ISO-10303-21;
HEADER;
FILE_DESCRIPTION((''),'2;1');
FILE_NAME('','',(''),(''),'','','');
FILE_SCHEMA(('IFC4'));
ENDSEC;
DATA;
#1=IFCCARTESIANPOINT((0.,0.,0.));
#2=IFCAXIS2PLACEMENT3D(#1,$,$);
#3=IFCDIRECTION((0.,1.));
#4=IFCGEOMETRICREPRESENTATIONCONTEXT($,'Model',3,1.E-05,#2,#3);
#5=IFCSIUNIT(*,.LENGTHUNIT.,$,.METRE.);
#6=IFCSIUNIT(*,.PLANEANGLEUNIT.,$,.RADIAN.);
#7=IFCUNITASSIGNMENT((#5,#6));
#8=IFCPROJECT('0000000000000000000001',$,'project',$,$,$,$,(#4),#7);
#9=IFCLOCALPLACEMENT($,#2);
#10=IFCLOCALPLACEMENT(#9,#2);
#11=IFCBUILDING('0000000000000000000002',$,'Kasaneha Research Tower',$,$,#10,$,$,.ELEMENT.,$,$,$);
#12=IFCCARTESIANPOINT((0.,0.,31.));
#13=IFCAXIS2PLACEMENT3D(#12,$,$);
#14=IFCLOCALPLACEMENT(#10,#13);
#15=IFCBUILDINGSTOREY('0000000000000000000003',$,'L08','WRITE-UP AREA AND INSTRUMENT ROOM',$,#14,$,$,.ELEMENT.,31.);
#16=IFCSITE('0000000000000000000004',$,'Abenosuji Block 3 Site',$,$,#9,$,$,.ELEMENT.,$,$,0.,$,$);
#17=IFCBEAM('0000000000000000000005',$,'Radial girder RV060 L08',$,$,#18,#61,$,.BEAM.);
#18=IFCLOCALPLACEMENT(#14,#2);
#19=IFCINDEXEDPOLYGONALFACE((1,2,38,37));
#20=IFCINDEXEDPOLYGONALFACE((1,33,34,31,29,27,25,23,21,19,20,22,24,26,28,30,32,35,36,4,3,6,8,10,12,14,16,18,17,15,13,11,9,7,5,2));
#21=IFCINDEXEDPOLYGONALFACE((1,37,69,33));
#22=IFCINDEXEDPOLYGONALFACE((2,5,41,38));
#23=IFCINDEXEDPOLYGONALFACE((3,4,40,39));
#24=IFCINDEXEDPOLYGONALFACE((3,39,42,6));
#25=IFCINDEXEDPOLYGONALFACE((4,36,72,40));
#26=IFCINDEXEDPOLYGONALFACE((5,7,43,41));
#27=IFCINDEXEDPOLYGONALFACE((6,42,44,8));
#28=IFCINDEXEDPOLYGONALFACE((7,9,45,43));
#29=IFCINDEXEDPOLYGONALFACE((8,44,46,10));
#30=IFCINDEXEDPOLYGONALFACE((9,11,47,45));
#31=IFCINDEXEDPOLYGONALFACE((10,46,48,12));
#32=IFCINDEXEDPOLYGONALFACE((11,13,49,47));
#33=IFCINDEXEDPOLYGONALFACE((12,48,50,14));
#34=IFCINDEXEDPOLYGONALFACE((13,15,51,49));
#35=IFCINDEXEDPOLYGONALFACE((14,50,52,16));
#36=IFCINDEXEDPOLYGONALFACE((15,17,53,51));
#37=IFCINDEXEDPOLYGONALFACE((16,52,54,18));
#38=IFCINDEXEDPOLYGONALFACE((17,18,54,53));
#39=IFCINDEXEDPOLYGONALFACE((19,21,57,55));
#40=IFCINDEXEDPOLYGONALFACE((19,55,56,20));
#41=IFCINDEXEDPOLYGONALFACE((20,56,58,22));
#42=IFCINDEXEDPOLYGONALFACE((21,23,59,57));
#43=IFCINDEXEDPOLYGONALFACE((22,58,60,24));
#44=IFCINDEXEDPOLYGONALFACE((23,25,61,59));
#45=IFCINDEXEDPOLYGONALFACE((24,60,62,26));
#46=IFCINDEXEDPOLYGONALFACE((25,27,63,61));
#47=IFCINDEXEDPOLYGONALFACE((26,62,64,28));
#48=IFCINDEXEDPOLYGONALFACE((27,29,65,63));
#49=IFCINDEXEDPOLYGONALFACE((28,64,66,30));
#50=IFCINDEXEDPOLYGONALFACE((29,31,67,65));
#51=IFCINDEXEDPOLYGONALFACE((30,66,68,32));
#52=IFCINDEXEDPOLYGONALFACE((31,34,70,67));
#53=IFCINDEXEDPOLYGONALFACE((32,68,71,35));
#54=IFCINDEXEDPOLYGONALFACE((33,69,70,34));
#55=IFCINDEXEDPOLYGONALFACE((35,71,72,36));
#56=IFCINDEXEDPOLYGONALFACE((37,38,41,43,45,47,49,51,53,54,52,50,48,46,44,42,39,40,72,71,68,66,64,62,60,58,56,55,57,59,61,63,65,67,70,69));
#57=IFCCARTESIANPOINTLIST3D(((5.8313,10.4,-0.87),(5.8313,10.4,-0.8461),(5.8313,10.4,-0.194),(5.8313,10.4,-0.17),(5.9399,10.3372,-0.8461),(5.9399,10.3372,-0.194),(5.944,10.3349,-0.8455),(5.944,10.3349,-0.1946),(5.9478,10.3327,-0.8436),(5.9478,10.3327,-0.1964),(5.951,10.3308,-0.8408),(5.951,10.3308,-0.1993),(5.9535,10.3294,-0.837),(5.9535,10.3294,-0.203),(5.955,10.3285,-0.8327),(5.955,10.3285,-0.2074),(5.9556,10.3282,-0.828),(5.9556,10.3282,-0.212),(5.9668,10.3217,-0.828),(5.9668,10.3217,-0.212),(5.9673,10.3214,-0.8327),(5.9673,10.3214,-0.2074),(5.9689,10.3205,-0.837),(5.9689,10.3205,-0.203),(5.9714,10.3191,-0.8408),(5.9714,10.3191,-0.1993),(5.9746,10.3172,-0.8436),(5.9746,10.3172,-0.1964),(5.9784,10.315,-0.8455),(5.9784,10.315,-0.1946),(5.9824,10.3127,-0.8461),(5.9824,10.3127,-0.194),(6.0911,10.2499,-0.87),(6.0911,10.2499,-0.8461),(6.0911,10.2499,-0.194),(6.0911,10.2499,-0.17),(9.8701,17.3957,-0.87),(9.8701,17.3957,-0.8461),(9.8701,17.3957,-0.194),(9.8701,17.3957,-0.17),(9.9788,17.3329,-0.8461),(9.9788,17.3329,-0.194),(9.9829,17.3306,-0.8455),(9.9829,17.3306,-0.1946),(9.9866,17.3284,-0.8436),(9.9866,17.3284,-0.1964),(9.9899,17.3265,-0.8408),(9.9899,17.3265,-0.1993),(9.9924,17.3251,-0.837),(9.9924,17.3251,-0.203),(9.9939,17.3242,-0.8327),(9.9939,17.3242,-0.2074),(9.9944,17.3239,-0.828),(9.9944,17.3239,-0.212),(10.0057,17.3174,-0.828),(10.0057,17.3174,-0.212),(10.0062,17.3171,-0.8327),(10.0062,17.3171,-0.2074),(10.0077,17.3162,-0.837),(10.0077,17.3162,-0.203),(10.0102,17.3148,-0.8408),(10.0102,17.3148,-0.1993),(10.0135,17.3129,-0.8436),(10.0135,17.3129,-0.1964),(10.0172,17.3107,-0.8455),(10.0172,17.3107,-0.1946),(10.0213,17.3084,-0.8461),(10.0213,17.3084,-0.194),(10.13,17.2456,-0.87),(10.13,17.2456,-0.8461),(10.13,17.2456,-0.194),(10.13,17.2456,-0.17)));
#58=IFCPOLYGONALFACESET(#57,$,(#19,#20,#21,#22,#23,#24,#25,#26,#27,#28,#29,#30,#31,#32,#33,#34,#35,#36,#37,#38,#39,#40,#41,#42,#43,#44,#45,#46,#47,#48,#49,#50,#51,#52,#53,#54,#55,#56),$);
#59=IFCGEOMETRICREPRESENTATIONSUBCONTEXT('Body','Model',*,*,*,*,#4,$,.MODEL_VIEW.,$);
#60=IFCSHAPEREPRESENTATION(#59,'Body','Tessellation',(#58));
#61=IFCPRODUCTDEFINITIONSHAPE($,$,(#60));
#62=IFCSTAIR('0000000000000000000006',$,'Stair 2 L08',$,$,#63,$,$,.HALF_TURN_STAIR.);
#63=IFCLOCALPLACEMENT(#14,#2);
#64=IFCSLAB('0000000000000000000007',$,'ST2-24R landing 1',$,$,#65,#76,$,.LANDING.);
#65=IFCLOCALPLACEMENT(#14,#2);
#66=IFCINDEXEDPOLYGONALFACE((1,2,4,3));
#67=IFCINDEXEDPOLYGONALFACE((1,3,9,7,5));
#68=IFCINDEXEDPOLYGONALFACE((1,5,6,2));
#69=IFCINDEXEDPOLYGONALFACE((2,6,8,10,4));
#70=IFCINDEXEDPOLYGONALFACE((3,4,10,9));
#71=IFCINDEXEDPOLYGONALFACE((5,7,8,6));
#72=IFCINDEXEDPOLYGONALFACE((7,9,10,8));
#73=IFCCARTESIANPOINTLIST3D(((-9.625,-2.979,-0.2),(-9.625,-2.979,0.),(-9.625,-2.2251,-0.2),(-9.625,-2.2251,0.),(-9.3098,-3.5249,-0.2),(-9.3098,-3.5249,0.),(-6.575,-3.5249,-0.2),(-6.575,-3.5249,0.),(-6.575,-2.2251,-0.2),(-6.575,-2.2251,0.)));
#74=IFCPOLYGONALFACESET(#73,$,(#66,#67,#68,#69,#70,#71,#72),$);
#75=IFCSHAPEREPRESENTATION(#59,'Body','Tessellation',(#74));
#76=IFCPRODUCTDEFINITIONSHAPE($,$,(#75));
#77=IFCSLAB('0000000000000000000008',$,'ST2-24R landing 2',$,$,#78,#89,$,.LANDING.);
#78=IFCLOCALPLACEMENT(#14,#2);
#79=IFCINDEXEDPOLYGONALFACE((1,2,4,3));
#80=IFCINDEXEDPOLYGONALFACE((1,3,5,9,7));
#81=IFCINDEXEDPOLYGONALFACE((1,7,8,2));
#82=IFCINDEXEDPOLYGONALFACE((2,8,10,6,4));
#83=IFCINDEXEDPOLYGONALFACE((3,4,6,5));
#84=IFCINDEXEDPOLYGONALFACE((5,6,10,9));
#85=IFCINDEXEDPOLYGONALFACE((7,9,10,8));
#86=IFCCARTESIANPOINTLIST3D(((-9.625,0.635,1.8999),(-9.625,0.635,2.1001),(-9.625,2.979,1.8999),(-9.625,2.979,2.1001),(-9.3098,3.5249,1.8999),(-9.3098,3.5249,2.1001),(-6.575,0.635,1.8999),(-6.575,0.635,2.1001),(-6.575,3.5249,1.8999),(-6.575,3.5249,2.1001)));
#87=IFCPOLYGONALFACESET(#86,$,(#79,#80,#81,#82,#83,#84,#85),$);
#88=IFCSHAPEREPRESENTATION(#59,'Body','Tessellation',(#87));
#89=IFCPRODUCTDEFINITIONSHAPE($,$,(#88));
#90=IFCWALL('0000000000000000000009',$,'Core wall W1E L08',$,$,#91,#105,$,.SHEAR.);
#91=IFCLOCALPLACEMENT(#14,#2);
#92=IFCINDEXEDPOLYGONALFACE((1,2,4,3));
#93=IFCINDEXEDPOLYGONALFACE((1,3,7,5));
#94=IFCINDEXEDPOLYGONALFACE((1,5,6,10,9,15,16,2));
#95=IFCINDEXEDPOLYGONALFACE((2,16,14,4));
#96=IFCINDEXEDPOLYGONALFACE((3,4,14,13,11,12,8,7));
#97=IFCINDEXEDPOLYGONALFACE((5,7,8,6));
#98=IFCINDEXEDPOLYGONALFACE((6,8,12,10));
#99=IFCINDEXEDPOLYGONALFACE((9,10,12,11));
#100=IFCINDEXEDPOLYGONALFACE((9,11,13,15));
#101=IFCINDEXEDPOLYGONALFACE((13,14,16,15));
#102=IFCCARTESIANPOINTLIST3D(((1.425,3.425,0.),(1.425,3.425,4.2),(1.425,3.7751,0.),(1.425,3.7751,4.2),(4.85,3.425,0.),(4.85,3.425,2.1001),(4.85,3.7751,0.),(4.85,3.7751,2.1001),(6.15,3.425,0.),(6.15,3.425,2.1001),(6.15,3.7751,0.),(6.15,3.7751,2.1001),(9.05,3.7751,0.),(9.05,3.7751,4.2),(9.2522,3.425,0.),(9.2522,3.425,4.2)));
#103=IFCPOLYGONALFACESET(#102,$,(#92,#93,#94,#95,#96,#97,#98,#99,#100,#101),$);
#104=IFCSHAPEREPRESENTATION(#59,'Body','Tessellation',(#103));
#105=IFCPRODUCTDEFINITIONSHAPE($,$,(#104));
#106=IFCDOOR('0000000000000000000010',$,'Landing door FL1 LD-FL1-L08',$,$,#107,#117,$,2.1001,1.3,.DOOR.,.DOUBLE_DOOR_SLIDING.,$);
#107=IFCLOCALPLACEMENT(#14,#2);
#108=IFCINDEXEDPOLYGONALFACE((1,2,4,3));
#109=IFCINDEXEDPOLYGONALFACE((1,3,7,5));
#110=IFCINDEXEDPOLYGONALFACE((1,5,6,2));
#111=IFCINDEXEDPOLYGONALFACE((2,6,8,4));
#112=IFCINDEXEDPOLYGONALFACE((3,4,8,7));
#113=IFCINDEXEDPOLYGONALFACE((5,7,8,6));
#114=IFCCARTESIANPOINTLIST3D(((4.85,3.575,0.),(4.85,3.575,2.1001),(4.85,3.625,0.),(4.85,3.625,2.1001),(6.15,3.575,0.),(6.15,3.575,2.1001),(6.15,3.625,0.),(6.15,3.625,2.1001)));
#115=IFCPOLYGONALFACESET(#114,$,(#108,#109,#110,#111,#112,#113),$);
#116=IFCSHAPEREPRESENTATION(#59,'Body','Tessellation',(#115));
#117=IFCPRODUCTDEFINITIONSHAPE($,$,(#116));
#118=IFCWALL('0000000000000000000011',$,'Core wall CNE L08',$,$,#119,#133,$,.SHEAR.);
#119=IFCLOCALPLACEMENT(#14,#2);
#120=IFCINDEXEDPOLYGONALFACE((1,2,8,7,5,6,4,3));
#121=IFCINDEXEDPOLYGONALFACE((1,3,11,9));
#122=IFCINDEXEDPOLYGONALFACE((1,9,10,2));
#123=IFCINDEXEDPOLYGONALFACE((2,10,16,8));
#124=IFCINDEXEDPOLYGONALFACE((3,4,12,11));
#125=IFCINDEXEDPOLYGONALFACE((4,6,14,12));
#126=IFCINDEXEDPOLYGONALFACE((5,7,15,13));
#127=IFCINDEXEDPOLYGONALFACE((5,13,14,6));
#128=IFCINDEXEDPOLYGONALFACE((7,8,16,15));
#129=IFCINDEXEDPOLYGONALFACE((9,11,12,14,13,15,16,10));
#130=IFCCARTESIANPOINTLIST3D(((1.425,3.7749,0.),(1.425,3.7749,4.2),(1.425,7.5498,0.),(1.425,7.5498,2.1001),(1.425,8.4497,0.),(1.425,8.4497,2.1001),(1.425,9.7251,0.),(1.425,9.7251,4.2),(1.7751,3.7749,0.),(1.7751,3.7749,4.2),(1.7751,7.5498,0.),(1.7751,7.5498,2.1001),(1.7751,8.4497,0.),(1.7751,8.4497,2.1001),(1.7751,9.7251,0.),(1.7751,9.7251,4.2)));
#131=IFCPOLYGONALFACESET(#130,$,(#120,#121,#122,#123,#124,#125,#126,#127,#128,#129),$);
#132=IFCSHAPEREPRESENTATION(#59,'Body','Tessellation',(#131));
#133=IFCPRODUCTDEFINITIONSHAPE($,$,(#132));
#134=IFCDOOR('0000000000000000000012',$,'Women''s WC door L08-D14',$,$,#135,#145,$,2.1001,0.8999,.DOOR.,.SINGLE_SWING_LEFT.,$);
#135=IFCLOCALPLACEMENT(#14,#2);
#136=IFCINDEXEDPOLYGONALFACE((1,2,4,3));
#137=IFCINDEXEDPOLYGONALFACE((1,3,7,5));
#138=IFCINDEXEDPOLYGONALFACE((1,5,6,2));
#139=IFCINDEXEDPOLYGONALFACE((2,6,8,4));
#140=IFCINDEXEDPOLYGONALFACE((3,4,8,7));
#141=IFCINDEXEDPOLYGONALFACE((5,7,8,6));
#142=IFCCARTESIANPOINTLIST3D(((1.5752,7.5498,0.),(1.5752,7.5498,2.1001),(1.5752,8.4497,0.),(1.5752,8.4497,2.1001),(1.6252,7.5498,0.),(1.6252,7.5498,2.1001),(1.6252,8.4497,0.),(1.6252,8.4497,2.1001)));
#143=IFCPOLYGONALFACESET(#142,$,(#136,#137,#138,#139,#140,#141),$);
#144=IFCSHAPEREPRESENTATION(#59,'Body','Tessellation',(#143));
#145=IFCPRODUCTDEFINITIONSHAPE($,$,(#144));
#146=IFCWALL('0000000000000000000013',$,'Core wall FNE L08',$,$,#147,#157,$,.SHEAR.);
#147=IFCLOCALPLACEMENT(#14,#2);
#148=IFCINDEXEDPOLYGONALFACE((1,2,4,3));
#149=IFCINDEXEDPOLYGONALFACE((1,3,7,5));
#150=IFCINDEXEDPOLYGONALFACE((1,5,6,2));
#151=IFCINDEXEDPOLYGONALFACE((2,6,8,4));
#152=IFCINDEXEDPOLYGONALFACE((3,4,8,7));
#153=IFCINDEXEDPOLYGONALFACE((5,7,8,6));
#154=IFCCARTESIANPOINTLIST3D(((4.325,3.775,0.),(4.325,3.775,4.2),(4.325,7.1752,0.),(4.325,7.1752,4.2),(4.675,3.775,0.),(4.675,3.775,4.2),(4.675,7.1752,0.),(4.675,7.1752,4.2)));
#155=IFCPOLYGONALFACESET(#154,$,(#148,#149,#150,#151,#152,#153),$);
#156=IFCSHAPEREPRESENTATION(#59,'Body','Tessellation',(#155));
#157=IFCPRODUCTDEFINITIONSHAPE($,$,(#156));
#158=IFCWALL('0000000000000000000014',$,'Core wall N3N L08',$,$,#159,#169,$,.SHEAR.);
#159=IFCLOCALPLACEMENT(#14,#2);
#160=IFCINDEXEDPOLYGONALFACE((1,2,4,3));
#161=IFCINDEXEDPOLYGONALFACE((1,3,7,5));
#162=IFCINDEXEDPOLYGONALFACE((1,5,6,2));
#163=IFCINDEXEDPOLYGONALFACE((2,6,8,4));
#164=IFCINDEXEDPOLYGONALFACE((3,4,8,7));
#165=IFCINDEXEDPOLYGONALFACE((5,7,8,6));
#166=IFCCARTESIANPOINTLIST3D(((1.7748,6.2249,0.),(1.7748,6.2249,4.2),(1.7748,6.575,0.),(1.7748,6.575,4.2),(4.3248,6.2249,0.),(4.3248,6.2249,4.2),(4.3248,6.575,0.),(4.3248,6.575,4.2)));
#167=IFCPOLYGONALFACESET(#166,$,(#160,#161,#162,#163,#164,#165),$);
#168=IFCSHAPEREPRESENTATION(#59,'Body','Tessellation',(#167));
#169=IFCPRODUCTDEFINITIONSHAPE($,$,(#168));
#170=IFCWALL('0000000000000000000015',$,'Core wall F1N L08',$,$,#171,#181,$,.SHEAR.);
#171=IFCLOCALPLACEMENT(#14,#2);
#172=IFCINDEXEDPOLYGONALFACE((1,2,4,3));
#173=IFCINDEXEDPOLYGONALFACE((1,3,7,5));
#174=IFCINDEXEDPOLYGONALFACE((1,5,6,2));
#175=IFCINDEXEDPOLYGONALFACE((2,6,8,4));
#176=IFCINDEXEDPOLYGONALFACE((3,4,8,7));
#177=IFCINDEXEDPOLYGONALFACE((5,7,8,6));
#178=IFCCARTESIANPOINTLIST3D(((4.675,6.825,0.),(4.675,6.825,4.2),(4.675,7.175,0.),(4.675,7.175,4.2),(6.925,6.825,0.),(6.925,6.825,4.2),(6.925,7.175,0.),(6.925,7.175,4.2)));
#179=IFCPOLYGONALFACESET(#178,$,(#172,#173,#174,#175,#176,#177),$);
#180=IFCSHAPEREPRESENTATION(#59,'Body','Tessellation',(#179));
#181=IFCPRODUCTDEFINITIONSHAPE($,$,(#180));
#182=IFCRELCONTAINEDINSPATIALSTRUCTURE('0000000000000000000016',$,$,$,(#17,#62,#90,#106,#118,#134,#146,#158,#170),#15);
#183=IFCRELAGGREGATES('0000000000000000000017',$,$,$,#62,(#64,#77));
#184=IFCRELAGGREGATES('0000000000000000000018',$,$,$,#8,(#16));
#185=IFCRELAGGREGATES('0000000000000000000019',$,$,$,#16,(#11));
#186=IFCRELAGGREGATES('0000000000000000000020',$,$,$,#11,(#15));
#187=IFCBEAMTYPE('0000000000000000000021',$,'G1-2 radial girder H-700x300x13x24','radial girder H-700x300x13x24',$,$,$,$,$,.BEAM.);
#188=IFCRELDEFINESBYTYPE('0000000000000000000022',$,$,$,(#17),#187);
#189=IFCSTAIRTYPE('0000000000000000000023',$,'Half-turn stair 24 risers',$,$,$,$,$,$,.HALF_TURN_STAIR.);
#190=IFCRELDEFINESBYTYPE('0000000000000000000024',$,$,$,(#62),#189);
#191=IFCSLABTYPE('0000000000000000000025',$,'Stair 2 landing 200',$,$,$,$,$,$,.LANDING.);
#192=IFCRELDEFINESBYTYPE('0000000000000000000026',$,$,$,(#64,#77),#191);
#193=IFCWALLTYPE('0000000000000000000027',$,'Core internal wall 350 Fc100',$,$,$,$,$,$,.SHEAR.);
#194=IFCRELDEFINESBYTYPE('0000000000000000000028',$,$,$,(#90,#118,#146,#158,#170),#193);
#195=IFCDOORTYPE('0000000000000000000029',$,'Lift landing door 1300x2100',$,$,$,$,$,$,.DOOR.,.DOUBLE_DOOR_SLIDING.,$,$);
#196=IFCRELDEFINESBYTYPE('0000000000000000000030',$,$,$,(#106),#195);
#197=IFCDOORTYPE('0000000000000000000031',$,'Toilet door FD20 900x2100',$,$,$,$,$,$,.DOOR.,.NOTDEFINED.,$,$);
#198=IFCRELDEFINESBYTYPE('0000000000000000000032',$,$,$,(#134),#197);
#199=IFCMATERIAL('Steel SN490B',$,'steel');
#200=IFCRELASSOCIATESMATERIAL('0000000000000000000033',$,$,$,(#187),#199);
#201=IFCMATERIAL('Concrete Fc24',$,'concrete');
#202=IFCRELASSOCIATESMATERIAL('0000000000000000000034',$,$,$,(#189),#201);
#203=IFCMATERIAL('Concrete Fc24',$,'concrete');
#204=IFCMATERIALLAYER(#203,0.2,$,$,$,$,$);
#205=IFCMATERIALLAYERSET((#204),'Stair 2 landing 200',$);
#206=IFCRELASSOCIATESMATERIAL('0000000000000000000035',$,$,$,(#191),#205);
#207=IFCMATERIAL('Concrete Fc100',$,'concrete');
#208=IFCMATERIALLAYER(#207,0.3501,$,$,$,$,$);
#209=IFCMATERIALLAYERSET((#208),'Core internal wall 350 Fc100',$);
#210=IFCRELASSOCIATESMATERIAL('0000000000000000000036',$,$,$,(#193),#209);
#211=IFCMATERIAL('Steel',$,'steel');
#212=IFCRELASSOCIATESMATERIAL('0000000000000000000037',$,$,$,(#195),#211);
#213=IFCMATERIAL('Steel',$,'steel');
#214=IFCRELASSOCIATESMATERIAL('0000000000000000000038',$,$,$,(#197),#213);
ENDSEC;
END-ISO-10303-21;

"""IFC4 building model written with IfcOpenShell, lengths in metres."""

from ifc_helpers import new_model, si_unit, direction, frame, frame_2d, origin, origin_2d, place, context, subcontext, project, spatial, polyline, rectangle, i_section, outline, extrude, material, layer, layer_set, material_profile, profile_set, type_object, element, fill, aggregate, save


model = new_model("IFC4")

# Units and contexts
model_context = context("Model", 3, precision=1e-05, world=origin(), true_north=direction((0.0, 1.0)))
body_context = subcontext(model_context, "Body", "Model", "MODEL_VIEW")
ifc_project = project(units=[si_unit("LENGTHUNIT", "METRE"), si_unit("PLANEANGLEUNIT", "RADIAN")], contexts=[model_context])

# Site, building, storey
site_placement = place(None, origin())
site = spatial("IfcSite", under=ifc_project, at=site_placement, Name="Abenosuji Block 3 Site", CompositionType="ELEMENT", RefElevation=0.0)
building_placement = place(site_placement, origin())
building = spatial("IfcBuilding", under=site, at=building_placement, Name="Kasaneha Research Tower", CompositionType="ELEMENT")
storey_placement = place(building_placement, frame((0.0, 0.0, 31.0)))
storey = spatial("IfcBuildingStorey", under=building, at=storey_placement, Name="L08", Description="WRITE-UP AREA AND INSTRUMENT ROOM", CompositionType="ELEMENT", Elevation=31.0)

# Beam
ifc_material_1 = material(Name="Steel SN490B", Category="steel")
ifc_material_profile = material_profile(ifc_material_1, i_section(OverallWidth=0.3, OverallDepth=0.7, WebThickness=0.0129, FlangeThickness=0.0239, FilletRadius=0.0181, at=origin_2d()), Name="H-700x300x13x24")
ifc_profile_set = profile_set([ifc_material_profile], Name="Steel SN490B")
beam_type = type_object("IfcBeamType", Name="G1-2 radial girder H-700x300x13x24", Description="radial girder H-700x300x13x24", PredefinedType="BEAM", material=ifc_profile_set)
beam_placement = place(storey_placement, frame((5.9612, 10.325, -0.52), z_axis=(0.499991, 0.866031, 0.0), x_axis=(-0.866031, 0.499991, 0.0)))
element("IfcBeam", 1, at=beam_placement, inside=storey, type_object=beam_type, Name="Radial girder RV060 L08", PredefinedType="BEAM", context=body_context, shape_type="SweptSolid", body=[
    extrude(i_section(OverallWidth=0.3, OverallDepth=0.7, WebThickness=0.0129, FlangeThickness=0.0239, FilletRadius=0.0181, at=origin_2d()), origin(), (0.0, 0.0, 1.0), 8.0779),
])

# Stair, slabs
ifc_material_2 = material(Name="Concrete Fc24", Category="concrete")
stair_type = type_object("IfcStairType", Name="Half-turn stair 24 risers", PredefinedType="HALF_TURN_STAIR", material=ifc_material_2)
stair_1_placement = place(storey_placement, origin())
stair_1 = element("IfcStair", 2, at=stair_1_placement, inside=storey, type_object=stair_type, Name="Stair 2 L08", PredefinedType="HALF_TURN_STAIR")
ifc_material_3 = material(Name="Concrete Fc24", Category="concrete")
ifc_layer_1 = layer(ifc_material_3, 0.2)
ifc_layer_set_1 = layer_set([ifc_layer_1], Name="Stair 2 landing 200")
slab_type = type_object("IfcSlabType", Name="Stair 2 landing 200", PredefinedType="LANDING", material=ifc_layer_set_1)
slab_1_placement = place(storey_placement, frame((0.0, 0.0, -0.2)))
slab_1 = element("IfcSlab", 3, at=slab_1_placement, type_object=slab_type, Name="ST2-24R landing 1", PredefinedType="LANDING", context=body_context, shape_type="SweptSolid", body=[
    extrude(outline(polyline([(-6.575, -3.5249), (-9.3098, -3.5249), (-9.625, -2.979), (-9.625, -2.2251), (-6.575, -2.2251), (-6.575, -3.5249)])), origin(), (0.0, 0.0, 1.0), 0.2),
])
slab_2_placement = place(storey_placement, frame((0.0, 0.0, 1.8999)))
slab_2 = element("IfcSlab", 4, at=slab_2_placement, type_object=slab_type, Name="ST2-24R landing 2", PredefinedType="LANDING", context=body_context, shape_type="SweptSolid", body=[
    extrude(outline(polyline([(-6.575, 0.635), (-9.625, 0.635), (-9.625, 2.979), (-9.3098, 3.5249), (-6.575, 3.5249), (-6.575, 0.635)])), origin(), (0.0, 0.0, 1.0), 0.2002),
])
aggregate(stair_1, [slab_1, slab_2])

# Walls, openings, doors
ifc_material_4 = material(Name="Concrete Fc100", Category="concrete")
ifc_layer_2 = layer(ifc_material_4, 0.3501)
ifc_layer_set_2 = layer_set([ifc_layer_2], Name="Core internal wall 350 Fc100")
wall_type_1 = type_object("IfcWallType", Name="Core internal wall 350 Fc100", PredefinedType="SHEAR", material=ifc_layer_set_2)
wall_1_placement = place(storey_placement, frame((1.425, 3.6001, 0.0), z_axis=(0.0, 0.0, 1.0), x_axis=(1.0, 0.0, 0.0)))
wall_1 = element("IfcWall", 5, at=wall_1_placement, inside=storey, type_object=wall_type_1, Name="Core wall W1E L08", PredefinedType="SHEAR", context=body_context, shape_type="SweptSolid", body=[
    extrude(outline(polyline([(0.0, -0.175), (3.425, -0.175), (4.7251, -0.175), (7.8271, -0.175), (7.625, 0.175), (4.7251, 0.175), (3.425, 0.175), (0.0, 0.175), (0.0, -0.175)])), origin(), (0.0, 0.0, 1.0), 4.2),
])
opening_1_placement = place(wall_1_placement, frame((3.425, 0.0, 0.0)))
opening_1 = element("IfcOpeningElement", 6, at=opening_1_placement, cuts=wall_1, PredefinedType="OPENING", context=body_context, shape_type="SweptSolid", body=[
    extrude(rectangle(XDim=1.3, YDim=2.1001, at=frame_2d((0.6499, 1.05))), frame((0.0, 0.1851, 0.0), z_axis=(0.0, -1.0, 0.0), x_axis=(1.0, 0.0, 0.0)), (0.0, 0.0, 1.0), 0.3701),
])
ifc_material_5 = material(Name="Steel", Category="steel")
door_type_1 = type_object("IfcDoorType", Name="Lift landing door 1300x2100", OperationType="DOUBLE_DOOR_SLIDING", PredefinedType="DOOR", material=ifc_material_5)
door_1_placement = place(opening_1_placement, origin())
door_1 = element("IfcDoor", 7, at=door_1_placement, inside=storey, type_object=door_type_1, Name="Landing door FL1 LD-FL1-L08", OperationType="DOUBLE_DOOR_SLIDING", OverallHeight=2.1001, OverallWidth=1.3, PredefinedType="DOOR", context=body_context, shape_type="SweptSolid", body=[
    extrude(rectangle(XDim=1.3, YDim=2.1001, at=frame_2d((0.6499, 1.05))), frame((0.0, 0.0249, 0.0), z_axis=(0.0, -1.0, 0.0), x_axis=(1.0, 0.0, 0.0)), (0.0, 0.0, 1.0), 0.05),
])
fill(opening_1, door_1)
wall_2_placement = place(storey_placement, frame((1.6001, 3.7749, 0.0), z_axis=(0.0, 0.0, 1.0), x_axis=(0.0, 1.0, 0.0)))
wall_2 = element("IfcWall", 8, at=wall_2_placement, inside=storey, type_object=wall_type_1, Name="Core wall CNE L08", PredefinedType="SHEAR", context=body_context, shape_type="SweptSolid", body=[
    extrude(rectangle(XDim=5.9502, YDim=0.3501, at=frame_2d((2.9751, 0.0))), origin(), (0.0, 0.0, 1.0), 4.2),
])
opening_2_placement = place(wall_2_placement, frame((3.7749, 0.0, 0.0)))
opening_2 = element("IfcOpeningElement", 9, at=opening_2_placement, cuts=wall_2, PredefinedType="OPENING", context=body_context, shape_type="SweptSolid", body=[
    extrude(rectangle(XDim=0.8999, YDim=2.1001, at=frame_2d((0.45, 1.05))), frame((0.0, 0.1851, 0.0), z_axis=(0.0, -1.0, 0.0), x_axis=(1.0, 0.0, 0.0)), (0.0, 0.0, 1.0), 0.3701),
])
ifc_material_6 = material(Name="Steel", Category="steel")
door_type_2 = type_object("IfcDoorType", Name="Toilet door FD20 900x2100", OperationType="NOTDEFINED", PredefinedType="DOOR", material=ifc_material_6)
door_2_placement = place(opening_2_placement, origin())
door_2 = element("IfcDoor", 10, at=door_2_placement, inside=storey, type_object=door_type_2, Name="Women's WC door L08-D14", OperationType="SINGLE_SWING_LEFT", OverallHeight=2.1001, OverallWidth=0.8999, PredefinedType="DOOR", context=body_context, shape_type="SweptSolid", body=[
    extrude(rectangle(XDim=0.8999, YDim=2.1001, at=frame_2d((0.45, 1.05))), frame((0.0, 0.0249, 0.0), z_axis=(0.0, -1.0, 0.0), x_axis=(1.0, 0.0, 0.0)), (0.0, 0.0, 1.0), 0.05),
])
fill(opening_2, door_2)

# Walls
wall_3_placement = place(storey_placement, frame((4.5, 3.7749, 0.0), z_axis=(0.0, 0.0, 1.0), x_axis=(0.0, 1.0, 0.0)))
element("IfcWall", 11, at=wall_3_placement, inside=storey, type_object=wall_type_1, Name="Core wall FNE L08", PredefinedType="SHEAR", context=body_context, shape_type="SweptSolid", body=[
    extrude(rectangle(XDim=3.4001, YDim=0.3501, at=frame_2d((1.7002, 0.0))), origin(), (0.0, 0.0, 1.0), 4.2),
])
wall_4_placement = place(storey_placement, frame((1.7749, 6.3999, 0.0), z_axis=(0.0, 0.0, 1.0), x_axis=(1.0, 0.0, 0.0)))
element("IfcWall", 12, at=wall_4_placement, inside=storey, type_object=wall_type_1, Name="Core wall N3N L08", PredefinedType="SHEAR", context=body_context, shape_type="SweptSolid", body=[
    extrude(rectangle(XDim=2.55, YDim=0.3501, at=frame_2d((1.2749, 0.0))), origin(), (0.0, 0.0, 1.0), 4.2),
])
wall_5_placement = place(storey_placement, frame((4.675, 7.0, 0.0), z_axis=(0.0, 0.0, 1.0), x_axis=(1.0, 0.0, 0.0)))
element("IfcWall", 13, at=wall_5_placement, inside=storey, type_object=wall_type_1, Name="Core wall F1N L08", PredefinedType="SHEAR", context=body_context, shape_type="SweptSolid", body=[
    extrude(rectangle(XDim=2.25, YDim=0.3501, at=frame_2d((1.125, 0.0))), origin(), (0.0, 0.0, 1.0), 4.2),
])

save(model, "model.ifc")
